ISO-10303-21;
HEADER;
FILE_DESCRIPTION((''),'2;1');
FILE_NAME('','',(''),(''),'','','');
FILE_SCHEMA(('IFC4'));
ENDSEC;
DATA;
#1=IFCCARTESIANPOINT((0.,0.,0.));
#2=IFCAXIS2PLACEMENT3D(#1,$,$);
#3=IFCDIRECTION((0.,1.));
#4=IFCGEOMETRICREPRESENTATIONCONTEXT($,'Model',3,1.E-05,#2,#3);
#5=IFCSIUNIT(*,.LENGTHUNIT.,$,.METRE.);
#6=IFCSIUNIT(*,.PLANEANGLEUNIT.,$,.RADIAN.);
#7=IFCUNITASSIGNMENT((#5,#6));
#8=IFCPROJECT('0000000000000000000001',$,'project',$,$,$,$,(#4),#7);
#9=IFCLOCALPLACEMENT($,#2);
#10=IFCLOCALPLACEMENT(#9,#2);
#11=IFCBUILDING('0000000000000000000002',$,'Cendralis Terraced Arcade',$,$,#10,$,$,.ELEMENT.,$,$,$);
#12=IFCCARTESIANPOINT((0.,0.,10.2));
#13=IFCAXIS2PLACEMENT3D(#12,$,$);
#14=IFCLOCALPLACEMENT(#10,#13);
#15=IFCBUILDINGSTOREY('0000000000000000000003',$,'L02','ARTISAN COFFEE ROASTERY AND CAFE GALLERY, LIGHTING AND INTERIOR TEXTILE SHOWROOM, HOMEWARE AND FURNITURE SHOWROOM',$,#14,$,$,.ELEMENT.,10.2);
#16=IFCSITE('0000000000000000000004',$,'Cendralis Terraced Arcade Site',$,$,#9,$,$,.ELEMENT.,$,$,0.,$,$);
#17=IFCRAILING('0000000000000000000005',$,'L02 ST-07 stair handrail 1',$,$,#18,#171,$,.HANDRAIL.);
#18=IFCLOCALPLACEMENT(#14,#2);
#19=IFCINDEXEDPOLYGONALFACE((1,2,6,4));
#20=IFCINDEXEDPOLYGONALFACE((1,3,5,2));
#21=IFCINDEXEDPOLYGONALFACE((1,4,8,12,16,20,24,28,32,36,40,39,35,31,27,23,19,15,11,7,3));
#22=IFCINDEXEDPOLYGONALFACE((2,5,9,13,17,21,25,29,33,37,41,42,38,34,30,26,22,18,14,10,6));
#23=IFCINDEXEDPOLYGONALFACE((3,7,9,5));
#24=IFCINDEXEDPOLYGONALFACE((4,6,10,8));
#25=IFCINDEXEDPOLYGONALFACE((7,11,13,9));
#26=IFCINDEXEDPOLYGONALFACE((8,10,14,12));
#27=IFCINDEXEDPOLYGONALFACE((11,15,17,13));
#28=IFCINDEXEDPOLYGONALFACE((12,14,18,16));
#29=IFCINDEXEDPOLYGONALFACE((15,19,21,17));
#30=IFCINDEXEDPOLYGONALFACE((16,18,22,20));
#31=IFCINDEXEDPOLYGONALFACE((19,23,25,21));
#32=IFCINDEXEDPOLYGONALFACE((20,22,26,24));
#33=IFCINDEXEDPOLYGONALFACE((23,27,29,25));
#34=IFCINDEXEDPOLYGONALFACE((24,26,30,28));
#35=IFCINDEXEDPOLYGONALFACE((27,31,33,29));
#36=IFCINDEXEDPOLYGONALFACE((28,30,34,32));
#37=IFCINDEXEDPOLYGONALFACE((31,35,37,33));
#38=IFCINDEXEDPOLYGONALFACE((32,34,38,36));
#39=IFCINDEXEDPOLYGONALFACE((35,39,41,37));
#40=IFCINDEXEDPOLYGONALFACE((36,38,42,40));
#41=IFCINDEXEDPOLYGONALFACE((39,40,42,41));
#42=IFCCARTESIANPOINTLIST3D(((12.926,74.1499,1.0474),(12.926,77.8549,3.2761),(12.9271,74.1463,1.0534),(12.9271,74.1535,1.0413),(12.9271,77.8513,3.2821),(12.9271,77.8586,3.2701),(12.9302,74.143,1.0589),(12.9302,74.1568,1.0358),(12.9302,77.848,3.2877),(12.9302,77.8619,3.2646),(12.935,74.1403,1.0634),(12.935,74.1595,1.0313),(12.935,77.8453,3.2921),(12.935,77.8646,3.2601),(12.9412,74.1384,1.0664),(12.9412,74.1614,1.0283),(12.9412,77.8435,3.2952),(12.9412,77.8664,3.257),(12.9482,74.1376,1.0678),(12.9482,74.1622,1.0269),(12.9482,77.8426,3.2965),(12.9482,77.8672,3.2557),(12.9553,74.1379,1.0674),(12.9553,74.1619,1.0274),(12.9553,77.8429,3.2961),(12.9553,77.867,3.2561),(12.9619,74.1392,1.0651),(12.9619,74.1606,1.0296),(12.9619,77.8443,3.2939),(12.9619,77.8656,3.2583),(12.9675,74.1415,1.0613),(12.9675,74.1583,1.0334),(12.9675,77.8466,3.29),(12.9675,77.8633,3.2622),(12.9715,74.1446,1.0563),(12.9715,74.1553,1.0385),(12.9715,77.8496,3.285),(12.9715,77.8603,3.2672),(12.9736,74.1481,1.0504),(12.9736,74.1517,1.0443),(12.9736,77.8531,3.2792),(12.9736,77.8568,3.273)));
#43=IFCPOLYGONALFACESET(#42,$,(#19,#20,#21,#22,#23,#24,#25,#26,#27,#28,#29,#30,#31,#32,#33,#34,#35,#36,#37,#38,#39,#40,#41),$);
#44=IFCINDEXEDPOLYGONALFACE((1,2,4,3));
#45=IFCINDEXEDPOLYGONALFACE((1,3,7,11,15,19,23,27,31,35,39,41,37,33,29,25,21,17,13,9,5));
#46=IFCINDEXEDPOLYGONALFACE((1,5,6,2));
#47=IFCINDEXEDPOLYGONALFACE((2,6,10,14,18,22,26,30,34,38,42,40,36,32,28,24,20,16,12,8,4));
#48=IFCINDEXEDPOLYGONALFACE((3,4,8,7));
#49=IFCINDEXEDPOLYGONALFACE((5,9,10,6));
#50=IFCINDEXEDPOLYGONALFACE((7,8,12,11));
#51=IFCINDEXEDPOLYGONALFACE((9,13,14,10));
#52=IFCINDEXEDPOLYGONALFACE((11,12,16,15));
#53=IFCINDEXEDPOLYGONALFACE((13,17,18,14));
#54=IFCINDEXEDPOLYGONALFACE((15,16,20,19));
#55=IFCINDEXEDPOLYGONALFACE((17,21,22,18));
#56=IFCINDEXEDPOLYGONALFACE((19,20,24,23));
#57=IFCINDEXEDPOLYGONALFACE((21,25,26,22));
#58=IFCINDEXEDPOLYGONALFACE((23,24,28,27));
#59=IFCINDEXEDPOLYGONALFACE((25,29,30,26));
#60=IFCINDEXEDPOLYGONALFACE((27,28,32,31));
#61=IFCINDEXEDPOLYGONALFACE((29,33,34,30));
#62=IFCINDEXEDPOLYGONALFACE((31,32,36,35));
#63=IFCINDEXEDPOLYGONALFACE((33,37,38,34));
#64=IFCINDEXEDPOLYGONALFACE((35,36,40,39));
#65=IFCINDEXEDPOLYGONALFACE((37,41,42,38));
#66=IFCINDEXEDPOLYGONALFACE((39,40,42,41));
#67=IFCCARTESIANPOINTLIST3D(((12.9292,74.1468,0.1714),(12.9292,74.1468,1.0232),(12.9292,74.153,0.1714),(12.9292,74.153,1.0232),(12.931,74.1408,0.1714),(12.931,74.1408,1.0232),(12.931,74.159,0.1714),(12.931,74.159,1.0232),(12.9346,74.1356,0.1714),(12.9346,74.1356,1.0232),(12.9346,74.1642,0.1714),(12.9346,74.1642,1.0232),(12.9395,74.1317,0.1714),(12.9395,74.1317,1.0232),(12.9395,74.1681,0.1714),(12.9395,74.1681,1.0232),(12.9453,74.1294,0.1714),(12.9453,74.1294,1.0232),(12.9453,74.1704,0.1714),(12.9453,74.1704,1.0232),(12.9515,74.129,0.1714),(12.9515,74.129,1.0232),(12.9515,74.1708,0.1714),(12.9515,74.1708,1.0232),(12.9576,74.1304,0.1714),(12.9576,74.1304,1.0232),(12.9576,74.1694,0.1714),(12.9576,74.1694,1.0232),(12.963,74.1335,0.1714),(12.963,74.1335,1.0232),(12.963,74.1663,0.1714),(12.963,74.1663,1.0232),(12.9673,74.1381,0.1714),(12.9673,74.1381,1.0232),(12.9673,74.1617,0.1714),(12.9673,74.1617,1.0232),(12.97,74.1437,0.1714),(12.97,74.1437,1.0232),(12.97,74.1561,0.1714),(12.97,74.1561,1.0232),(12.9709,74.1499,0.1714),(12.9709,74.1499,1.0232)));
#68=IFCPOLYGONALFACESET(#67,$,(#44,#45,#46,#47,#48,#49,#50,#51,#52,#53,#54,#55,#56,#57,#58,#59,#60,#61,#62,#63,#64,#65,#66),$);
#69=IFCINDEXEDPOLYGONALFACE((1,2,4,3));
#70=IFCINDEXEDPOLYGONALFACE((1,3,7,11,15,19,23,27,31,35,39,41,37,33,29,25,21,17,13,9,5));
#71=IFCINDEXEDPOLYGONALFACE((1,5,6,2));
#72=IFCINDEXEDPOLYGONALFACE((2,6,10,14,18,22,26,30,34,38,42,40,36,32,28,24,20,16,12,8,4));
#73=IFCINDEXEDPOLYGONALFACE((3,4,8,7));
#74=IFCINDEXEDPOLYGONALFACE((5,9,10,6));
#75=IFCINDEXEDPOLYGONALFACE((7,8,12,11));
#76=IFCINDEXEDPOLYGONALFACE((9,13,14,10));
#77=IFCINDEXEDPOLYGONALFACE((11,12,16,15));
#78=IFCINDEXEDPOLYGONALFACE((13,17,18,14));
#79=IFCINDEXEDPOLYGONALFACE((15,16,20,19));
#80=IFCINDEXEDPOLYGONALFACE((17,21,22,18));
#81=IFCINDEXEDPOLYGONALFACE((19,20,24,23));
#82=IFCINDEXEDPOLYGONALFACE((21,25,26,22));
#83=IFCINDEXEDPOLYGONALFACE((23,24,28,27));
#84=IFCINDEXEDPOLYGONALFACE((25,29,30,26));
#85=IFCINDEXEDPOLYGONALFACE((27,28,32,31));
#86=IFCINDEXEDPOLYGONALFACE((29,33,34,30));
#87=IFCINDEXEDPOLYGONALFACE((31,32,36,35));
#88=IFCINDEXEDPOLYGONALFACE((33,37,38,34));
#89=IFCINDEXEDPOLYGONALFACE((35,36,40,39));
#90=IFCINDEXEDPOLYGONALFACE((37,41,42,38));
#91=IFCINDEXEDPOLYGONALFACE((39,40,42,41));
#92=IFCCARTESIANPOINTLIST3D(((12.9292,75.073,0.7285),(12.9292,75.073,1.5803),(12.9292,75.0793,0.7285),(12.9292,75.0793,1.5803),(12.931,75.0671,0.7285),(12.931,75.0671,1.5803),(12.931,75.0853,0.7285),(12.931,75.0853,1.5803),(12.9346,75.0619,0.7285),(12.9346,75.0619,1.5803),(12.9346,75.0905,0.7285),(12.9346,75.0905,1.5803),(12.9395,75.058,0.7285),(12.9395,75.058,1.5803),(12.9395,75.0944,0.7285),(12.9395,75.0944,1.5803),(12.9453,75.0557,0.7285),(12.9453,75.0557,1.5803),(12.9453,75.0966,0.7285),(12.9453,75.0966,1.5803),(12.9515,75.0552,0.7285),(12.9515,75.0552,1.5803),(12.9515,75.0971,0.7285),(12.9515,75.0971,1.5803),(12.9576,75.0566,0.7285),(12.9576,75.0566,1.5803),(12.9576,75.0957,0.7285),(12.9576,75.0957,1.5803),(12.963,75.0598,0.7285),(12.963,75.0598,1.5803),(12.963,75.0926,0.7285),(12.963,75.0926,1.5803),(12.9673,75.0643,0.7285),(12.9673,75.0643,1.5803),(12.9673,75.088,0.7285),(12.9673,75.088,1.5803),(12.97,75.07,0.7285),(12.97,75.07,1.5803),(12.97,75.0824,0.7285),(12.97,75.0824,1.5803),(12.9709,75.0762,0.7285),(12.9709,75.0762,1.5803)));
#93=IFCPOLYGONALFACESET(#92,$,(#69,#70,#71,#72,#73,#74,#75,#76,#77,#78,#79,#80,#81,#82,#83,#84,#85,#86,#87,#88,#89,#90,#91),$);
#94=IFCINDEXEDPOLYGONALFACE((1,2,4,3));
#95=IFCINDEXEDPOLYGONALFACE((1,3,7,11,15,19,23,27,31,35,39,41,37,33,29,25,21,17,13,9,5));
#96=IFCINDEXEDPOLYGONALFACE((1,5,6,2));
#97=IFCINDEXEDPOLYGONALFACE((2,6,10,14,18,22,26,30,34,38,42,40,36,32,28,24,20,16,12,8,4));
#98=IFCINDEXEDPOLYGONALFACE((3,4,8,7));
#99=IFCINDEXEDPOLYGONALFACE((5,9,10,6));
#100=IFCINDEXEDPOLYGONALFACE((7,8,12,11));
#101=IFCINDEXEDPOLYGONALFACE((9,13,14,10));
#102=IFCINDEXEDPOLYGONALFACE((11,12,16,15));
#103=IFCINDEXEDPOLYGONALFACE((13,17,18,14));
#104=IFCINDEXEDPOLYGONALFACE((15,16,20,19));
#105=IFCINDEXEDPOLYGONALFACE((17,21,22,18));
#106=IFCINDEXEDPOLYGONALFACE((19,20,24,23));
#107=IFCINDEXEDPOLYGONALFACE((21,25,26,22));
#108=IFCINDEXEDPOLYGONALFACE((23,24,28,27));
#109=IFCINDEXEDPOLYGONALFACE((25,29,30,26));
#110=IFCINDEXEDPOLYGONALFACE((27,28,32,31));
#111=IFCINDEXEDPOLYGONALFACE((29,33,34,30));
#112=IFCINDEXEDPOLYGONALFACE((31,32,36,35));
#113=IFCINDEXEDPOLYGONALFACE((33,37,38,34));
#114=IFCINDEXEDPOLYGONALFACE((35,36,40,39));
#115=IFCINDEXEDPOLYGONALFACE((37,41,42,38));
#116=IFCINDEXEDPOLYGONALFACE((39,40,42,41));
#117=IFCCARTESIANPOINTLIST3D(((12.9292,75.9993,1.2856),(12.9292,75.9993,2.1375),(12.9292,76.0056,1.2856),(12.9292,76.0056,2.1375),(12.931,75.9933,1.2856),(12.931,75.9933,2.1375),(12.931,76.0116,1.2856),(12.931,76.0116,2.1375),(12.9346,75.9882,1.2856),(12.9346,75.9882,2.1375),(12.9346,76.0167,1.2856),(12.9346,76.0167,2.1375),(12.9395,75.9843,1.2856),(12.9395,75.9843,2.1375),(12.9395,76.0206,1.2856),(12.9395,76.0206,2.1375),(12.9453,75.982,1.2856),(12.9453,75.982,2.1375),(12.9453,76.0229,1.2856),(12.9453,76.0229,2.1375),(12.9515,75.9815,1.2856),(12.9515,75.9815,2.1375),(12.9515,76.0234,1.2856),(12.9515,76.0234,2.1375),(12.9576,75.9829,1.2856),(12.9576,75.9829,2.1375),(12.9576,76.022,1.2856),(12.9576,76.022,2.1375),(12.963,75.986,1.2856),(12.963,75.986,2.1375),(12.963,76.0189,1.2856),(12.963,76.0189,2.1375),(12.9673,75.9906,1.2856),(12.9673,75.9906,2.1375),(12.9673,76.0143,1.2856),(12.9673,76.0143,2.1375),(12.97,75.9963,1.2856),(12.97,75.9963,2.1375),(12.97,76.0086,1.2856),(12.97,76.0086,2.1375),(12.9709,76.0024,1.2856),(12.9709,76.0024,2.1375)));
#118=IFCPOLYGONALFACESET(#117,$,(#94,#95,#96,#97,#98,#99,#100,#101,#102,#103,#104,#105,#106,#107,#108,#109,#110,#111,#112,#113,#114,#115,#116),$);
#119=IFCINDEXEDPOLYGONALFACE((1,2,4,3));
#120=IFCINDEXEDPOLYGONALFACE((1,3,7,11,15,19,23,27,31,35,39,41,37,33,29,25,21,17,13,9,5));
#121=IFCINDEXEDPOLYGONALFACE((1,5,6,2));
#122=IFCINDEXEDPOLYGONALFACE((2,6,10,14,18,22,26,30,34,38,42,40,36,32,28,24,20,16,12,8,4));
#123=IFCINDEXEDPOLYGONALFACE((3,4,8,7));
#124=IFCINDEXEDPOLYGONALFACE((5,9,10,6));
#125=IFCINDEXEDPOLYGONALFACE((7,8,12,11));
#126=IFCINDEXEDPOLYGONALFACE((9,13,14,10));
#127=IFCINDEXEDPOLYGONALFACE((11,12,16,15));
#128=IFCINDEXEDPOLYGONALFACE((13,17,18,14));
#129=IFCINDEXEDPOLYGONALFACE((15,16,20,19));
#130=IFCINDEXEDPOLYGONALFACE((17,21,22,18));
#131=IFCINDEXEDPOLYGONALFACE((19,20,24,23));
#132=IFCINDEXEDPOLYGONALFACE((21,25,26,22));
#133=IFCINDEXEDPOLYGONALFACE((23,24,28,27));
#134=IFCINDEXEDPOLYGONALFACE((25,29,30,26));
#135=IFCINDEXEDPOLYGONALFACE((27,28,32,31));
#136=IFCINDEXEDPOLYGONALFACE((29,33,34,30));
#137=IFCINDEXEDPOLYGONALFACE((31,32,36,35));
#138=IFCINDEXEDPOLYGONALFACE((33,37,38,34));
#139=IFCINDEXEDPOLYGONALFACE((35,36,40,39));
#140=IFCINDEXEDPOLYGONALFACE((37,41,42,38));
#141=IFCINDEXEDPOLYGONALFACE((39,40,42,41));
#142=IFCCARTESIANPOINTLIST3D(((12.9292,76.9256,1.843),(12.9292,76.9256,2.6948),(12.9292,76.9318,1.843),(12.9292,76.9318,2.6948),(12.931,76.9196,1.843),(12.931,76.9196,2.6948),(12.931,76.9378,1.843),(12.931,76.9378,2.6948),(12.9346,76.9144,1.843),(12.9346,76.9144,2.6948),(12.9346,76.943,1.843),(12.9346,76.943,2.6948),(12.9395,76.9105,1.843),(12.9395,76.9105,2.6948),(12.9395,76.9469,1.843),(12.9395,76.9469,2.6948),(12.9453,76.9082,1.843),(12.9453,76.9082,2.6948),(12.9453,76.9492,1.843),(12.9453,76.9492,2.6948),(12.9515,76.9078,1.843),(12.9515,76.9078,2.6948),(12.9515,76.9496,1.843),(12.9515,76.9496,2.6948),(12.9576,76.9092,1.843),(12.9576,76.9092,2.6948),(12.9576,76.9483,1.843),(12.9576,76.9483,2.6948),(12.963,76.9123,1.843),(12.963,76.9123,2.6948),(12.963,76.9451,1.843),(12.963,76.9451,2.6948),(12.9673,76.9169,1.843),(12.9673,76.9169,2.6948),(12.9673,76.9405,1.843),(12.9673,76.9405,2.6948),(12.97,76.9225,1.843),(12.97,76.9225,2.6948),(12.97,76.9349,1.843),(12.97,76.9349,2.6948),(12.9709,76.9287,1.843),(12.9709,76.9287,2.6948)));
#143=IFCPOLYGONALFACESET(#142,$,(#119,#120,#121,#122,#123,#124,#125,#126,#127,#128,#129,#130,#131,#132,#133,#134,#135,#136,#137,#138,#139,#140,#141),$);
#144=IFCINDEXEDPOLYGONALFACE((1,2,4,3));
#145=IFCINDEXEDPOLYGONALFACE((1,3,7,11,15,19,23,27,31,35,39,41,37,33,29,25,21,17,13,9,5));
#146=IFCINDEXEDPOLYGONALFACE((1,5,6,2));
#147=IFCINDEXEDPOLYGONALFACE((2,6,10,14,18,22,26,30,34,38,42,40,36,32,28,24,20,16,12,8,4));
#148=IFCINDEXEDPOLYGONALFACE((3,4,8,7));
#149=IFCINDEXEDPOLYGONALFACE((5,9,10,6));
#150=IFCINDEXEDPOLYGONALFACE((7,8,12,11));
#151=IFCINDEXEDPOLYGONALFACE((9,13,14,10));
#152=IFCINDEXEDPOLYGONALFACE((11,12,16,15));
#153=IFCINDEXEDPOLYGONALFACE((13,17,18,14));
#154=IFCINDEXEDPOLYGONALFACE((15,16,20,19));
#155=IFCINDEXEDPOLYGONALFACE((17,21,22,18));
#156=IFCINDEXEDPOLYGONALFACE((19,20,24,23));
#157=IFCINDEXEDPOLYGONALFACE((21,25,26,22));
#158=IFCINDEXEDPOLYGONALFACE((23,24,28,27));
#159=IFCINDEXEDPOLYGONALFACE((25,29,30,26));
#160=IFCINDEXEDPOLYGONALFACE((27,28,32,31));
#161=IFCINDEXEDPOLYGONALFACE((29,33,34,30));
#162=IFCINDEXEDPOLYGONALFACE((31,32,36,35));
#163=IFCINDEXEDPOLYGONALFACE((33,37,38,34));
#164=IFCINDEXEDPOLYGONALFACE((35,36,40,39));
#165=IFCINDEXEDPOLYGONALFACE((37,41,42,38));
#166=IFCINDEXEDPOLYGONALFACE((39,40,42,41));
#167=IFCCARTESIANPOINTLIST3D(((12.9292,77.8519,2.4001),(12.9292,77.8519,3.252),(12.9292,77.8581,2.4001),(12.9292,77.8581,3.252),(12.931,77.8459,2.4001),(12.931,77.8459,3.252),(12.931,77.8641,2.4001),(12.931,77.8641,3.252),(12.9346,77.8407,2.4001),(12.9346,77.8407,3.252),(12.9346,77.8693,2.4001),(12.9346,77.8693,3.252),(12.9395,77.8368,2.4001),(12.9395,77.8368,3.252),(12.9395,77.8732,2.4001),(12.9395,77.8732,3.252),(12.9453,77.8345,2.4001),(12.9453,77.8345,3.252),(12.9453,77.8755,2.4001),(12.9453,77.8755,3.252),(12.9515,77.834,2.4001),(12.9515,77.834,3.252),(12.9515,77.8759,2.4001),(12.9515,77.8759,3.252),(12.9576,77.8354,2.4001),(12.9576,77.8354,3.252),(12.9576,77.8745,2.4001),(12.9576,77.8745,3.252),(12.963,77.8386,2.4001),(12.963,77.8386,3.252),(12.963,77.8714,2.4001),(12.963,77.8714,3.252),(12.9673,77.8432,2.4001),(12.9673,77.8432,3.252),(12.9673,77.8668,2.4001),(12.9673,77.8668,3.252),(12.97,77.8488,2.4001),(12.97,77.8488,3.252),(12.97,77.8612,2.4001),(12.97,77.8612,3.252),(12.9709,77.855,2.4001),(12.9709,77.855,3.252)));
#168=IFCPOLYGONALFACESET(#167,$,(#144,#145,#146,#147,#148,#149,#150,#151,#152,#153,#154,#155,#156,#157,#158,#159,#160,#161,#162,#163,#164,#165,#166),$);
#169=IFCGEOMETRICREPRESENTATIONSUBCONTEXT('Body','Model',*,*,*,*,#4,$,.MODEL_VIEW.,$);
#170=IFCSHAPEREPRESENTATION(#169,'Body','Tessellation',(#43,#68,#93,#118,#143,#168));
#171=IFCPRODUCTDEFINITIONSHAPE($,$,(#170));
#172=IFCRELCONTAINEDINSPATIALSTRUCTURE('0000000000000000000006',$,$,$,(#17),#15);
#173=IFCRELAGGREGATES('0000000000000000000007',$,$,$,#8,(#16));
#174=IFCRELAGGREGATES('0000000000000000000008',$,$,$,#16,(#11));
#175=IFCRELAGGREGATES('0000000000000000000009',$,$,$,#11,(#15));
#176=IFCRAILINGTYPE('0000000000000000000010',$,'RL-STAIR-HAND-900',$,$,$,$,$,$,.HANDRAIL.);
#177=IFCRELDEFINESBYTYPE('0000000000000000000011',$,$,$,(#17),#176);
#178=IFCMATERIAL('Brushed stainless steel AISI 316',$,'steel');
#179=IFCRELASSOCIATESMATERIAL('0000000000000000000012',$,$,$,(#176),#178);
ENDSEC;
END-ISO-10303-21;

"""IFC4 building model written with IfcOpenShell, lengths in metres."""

from ifc_helpers import new_model, si_unit, direction, frame, origin, origin_2d, place, context, subcontext, project, spatial, circle, extrude, material, type_object, element, save


model = new_model("IFC4")

# Units and contexts
model_context = context("Model", 3, precision=1e-05, world=origin(), true_north=direction((0.0, 1.0)))
body_context = subcontext(model_context, "Body", "Model", "MODEL_VIEW")
ifc_project = project(units=[si_unit("LENGTHUNIT", "METRE"), si_unit("PLANEANGLEUNIT", "RADIAN")], contexts=[model_context])

# Site, building, storey
site_placement = place(None, origin())
site = spatial("IfcSite", under=ifc_project, at=site_placement, Name="Cendralis Terraced Arcade Site", CompositionType="ELEMENT", RefElevation=0.0)
building_placement = place(site_placement, origin())
building = spatial("IfcBuilding", under=site, at=building_placement, Name="Cendralis Terraced Arcade", CompositionType="ELEMENT")
storey_placement = place(building_placement, frame((0.0, 0.0, 10.2)))
storey = spatial("IfcBuildingStorey", under=building, at=storey_placement, Name="L02", Description="ARTISAN COFFEE ROASTERY AND CAFE GALLERY, LIGHTING AND INTERIOR TEXTILE SHOWROOM, HOMEWARE AND FURNITURE SHOWROOM", CompositionType="ELEMENT", Elevation=10.2)

# Railing
ifc_material_1 = material(Name="Brushed stainless steel AISI 316", Category="steel")
railing_type_1 = type_object("IfcRailingType", Name="RL-STAIR-HAND-900", PredefinedType="HANDRAIL", material=ifc_material_1)
railing_1_placement = place(storey_placement, frame((12.95, 74.1499, 0.1714)))
element("IfcRailing", 1, at=railing_1_placement, inside=storey, type_object=railing_type_1, Name="L02 ST-07 stair handrail 1", PredefinedType="HANDRAIL", context=body_context, shape_type="SweptSolid", body=[
    extrude(circle(Radius=0.0239, at=origin_2d()), frame((0.0, 0.0, 0.876), z_axis=(0.0, 0.856909, 0.515467), x_axis=(-1.0, 0.0, 0.0)), (0.0, 0.0, 1.0), 4.3237),
    extrude(circle(Radius=0.021, at=origin_2d()), origin(), (0.0, 0.0, 1.0), 0.8518),
    extrude(circle(Radius=0.021, at=origin_2d()), frame((0.0, 0.9263, 0.5571)), (0.0, 0.0, 1.0), 0.8518),
    extrude(circle(Radius=0.021, at=origin_2d()), frame((0.0, 1.8525, 1.1143)), (0.0, 0.0, 1.0), 0.8518),
    extrude(circle(Radius=0.021, at=origin_2d()), frame((0.0, 2.7788, 1.6716)), (0.0, 0.0, 1.0), 0.8518),
    extrude(circle(Radius=0.021, at=origin_2d()), frame((0.0, 3.7051, 2.2288)), (0.0, 0.0, 1.0), 0.8518),
])

save(model, "model.ifc")
